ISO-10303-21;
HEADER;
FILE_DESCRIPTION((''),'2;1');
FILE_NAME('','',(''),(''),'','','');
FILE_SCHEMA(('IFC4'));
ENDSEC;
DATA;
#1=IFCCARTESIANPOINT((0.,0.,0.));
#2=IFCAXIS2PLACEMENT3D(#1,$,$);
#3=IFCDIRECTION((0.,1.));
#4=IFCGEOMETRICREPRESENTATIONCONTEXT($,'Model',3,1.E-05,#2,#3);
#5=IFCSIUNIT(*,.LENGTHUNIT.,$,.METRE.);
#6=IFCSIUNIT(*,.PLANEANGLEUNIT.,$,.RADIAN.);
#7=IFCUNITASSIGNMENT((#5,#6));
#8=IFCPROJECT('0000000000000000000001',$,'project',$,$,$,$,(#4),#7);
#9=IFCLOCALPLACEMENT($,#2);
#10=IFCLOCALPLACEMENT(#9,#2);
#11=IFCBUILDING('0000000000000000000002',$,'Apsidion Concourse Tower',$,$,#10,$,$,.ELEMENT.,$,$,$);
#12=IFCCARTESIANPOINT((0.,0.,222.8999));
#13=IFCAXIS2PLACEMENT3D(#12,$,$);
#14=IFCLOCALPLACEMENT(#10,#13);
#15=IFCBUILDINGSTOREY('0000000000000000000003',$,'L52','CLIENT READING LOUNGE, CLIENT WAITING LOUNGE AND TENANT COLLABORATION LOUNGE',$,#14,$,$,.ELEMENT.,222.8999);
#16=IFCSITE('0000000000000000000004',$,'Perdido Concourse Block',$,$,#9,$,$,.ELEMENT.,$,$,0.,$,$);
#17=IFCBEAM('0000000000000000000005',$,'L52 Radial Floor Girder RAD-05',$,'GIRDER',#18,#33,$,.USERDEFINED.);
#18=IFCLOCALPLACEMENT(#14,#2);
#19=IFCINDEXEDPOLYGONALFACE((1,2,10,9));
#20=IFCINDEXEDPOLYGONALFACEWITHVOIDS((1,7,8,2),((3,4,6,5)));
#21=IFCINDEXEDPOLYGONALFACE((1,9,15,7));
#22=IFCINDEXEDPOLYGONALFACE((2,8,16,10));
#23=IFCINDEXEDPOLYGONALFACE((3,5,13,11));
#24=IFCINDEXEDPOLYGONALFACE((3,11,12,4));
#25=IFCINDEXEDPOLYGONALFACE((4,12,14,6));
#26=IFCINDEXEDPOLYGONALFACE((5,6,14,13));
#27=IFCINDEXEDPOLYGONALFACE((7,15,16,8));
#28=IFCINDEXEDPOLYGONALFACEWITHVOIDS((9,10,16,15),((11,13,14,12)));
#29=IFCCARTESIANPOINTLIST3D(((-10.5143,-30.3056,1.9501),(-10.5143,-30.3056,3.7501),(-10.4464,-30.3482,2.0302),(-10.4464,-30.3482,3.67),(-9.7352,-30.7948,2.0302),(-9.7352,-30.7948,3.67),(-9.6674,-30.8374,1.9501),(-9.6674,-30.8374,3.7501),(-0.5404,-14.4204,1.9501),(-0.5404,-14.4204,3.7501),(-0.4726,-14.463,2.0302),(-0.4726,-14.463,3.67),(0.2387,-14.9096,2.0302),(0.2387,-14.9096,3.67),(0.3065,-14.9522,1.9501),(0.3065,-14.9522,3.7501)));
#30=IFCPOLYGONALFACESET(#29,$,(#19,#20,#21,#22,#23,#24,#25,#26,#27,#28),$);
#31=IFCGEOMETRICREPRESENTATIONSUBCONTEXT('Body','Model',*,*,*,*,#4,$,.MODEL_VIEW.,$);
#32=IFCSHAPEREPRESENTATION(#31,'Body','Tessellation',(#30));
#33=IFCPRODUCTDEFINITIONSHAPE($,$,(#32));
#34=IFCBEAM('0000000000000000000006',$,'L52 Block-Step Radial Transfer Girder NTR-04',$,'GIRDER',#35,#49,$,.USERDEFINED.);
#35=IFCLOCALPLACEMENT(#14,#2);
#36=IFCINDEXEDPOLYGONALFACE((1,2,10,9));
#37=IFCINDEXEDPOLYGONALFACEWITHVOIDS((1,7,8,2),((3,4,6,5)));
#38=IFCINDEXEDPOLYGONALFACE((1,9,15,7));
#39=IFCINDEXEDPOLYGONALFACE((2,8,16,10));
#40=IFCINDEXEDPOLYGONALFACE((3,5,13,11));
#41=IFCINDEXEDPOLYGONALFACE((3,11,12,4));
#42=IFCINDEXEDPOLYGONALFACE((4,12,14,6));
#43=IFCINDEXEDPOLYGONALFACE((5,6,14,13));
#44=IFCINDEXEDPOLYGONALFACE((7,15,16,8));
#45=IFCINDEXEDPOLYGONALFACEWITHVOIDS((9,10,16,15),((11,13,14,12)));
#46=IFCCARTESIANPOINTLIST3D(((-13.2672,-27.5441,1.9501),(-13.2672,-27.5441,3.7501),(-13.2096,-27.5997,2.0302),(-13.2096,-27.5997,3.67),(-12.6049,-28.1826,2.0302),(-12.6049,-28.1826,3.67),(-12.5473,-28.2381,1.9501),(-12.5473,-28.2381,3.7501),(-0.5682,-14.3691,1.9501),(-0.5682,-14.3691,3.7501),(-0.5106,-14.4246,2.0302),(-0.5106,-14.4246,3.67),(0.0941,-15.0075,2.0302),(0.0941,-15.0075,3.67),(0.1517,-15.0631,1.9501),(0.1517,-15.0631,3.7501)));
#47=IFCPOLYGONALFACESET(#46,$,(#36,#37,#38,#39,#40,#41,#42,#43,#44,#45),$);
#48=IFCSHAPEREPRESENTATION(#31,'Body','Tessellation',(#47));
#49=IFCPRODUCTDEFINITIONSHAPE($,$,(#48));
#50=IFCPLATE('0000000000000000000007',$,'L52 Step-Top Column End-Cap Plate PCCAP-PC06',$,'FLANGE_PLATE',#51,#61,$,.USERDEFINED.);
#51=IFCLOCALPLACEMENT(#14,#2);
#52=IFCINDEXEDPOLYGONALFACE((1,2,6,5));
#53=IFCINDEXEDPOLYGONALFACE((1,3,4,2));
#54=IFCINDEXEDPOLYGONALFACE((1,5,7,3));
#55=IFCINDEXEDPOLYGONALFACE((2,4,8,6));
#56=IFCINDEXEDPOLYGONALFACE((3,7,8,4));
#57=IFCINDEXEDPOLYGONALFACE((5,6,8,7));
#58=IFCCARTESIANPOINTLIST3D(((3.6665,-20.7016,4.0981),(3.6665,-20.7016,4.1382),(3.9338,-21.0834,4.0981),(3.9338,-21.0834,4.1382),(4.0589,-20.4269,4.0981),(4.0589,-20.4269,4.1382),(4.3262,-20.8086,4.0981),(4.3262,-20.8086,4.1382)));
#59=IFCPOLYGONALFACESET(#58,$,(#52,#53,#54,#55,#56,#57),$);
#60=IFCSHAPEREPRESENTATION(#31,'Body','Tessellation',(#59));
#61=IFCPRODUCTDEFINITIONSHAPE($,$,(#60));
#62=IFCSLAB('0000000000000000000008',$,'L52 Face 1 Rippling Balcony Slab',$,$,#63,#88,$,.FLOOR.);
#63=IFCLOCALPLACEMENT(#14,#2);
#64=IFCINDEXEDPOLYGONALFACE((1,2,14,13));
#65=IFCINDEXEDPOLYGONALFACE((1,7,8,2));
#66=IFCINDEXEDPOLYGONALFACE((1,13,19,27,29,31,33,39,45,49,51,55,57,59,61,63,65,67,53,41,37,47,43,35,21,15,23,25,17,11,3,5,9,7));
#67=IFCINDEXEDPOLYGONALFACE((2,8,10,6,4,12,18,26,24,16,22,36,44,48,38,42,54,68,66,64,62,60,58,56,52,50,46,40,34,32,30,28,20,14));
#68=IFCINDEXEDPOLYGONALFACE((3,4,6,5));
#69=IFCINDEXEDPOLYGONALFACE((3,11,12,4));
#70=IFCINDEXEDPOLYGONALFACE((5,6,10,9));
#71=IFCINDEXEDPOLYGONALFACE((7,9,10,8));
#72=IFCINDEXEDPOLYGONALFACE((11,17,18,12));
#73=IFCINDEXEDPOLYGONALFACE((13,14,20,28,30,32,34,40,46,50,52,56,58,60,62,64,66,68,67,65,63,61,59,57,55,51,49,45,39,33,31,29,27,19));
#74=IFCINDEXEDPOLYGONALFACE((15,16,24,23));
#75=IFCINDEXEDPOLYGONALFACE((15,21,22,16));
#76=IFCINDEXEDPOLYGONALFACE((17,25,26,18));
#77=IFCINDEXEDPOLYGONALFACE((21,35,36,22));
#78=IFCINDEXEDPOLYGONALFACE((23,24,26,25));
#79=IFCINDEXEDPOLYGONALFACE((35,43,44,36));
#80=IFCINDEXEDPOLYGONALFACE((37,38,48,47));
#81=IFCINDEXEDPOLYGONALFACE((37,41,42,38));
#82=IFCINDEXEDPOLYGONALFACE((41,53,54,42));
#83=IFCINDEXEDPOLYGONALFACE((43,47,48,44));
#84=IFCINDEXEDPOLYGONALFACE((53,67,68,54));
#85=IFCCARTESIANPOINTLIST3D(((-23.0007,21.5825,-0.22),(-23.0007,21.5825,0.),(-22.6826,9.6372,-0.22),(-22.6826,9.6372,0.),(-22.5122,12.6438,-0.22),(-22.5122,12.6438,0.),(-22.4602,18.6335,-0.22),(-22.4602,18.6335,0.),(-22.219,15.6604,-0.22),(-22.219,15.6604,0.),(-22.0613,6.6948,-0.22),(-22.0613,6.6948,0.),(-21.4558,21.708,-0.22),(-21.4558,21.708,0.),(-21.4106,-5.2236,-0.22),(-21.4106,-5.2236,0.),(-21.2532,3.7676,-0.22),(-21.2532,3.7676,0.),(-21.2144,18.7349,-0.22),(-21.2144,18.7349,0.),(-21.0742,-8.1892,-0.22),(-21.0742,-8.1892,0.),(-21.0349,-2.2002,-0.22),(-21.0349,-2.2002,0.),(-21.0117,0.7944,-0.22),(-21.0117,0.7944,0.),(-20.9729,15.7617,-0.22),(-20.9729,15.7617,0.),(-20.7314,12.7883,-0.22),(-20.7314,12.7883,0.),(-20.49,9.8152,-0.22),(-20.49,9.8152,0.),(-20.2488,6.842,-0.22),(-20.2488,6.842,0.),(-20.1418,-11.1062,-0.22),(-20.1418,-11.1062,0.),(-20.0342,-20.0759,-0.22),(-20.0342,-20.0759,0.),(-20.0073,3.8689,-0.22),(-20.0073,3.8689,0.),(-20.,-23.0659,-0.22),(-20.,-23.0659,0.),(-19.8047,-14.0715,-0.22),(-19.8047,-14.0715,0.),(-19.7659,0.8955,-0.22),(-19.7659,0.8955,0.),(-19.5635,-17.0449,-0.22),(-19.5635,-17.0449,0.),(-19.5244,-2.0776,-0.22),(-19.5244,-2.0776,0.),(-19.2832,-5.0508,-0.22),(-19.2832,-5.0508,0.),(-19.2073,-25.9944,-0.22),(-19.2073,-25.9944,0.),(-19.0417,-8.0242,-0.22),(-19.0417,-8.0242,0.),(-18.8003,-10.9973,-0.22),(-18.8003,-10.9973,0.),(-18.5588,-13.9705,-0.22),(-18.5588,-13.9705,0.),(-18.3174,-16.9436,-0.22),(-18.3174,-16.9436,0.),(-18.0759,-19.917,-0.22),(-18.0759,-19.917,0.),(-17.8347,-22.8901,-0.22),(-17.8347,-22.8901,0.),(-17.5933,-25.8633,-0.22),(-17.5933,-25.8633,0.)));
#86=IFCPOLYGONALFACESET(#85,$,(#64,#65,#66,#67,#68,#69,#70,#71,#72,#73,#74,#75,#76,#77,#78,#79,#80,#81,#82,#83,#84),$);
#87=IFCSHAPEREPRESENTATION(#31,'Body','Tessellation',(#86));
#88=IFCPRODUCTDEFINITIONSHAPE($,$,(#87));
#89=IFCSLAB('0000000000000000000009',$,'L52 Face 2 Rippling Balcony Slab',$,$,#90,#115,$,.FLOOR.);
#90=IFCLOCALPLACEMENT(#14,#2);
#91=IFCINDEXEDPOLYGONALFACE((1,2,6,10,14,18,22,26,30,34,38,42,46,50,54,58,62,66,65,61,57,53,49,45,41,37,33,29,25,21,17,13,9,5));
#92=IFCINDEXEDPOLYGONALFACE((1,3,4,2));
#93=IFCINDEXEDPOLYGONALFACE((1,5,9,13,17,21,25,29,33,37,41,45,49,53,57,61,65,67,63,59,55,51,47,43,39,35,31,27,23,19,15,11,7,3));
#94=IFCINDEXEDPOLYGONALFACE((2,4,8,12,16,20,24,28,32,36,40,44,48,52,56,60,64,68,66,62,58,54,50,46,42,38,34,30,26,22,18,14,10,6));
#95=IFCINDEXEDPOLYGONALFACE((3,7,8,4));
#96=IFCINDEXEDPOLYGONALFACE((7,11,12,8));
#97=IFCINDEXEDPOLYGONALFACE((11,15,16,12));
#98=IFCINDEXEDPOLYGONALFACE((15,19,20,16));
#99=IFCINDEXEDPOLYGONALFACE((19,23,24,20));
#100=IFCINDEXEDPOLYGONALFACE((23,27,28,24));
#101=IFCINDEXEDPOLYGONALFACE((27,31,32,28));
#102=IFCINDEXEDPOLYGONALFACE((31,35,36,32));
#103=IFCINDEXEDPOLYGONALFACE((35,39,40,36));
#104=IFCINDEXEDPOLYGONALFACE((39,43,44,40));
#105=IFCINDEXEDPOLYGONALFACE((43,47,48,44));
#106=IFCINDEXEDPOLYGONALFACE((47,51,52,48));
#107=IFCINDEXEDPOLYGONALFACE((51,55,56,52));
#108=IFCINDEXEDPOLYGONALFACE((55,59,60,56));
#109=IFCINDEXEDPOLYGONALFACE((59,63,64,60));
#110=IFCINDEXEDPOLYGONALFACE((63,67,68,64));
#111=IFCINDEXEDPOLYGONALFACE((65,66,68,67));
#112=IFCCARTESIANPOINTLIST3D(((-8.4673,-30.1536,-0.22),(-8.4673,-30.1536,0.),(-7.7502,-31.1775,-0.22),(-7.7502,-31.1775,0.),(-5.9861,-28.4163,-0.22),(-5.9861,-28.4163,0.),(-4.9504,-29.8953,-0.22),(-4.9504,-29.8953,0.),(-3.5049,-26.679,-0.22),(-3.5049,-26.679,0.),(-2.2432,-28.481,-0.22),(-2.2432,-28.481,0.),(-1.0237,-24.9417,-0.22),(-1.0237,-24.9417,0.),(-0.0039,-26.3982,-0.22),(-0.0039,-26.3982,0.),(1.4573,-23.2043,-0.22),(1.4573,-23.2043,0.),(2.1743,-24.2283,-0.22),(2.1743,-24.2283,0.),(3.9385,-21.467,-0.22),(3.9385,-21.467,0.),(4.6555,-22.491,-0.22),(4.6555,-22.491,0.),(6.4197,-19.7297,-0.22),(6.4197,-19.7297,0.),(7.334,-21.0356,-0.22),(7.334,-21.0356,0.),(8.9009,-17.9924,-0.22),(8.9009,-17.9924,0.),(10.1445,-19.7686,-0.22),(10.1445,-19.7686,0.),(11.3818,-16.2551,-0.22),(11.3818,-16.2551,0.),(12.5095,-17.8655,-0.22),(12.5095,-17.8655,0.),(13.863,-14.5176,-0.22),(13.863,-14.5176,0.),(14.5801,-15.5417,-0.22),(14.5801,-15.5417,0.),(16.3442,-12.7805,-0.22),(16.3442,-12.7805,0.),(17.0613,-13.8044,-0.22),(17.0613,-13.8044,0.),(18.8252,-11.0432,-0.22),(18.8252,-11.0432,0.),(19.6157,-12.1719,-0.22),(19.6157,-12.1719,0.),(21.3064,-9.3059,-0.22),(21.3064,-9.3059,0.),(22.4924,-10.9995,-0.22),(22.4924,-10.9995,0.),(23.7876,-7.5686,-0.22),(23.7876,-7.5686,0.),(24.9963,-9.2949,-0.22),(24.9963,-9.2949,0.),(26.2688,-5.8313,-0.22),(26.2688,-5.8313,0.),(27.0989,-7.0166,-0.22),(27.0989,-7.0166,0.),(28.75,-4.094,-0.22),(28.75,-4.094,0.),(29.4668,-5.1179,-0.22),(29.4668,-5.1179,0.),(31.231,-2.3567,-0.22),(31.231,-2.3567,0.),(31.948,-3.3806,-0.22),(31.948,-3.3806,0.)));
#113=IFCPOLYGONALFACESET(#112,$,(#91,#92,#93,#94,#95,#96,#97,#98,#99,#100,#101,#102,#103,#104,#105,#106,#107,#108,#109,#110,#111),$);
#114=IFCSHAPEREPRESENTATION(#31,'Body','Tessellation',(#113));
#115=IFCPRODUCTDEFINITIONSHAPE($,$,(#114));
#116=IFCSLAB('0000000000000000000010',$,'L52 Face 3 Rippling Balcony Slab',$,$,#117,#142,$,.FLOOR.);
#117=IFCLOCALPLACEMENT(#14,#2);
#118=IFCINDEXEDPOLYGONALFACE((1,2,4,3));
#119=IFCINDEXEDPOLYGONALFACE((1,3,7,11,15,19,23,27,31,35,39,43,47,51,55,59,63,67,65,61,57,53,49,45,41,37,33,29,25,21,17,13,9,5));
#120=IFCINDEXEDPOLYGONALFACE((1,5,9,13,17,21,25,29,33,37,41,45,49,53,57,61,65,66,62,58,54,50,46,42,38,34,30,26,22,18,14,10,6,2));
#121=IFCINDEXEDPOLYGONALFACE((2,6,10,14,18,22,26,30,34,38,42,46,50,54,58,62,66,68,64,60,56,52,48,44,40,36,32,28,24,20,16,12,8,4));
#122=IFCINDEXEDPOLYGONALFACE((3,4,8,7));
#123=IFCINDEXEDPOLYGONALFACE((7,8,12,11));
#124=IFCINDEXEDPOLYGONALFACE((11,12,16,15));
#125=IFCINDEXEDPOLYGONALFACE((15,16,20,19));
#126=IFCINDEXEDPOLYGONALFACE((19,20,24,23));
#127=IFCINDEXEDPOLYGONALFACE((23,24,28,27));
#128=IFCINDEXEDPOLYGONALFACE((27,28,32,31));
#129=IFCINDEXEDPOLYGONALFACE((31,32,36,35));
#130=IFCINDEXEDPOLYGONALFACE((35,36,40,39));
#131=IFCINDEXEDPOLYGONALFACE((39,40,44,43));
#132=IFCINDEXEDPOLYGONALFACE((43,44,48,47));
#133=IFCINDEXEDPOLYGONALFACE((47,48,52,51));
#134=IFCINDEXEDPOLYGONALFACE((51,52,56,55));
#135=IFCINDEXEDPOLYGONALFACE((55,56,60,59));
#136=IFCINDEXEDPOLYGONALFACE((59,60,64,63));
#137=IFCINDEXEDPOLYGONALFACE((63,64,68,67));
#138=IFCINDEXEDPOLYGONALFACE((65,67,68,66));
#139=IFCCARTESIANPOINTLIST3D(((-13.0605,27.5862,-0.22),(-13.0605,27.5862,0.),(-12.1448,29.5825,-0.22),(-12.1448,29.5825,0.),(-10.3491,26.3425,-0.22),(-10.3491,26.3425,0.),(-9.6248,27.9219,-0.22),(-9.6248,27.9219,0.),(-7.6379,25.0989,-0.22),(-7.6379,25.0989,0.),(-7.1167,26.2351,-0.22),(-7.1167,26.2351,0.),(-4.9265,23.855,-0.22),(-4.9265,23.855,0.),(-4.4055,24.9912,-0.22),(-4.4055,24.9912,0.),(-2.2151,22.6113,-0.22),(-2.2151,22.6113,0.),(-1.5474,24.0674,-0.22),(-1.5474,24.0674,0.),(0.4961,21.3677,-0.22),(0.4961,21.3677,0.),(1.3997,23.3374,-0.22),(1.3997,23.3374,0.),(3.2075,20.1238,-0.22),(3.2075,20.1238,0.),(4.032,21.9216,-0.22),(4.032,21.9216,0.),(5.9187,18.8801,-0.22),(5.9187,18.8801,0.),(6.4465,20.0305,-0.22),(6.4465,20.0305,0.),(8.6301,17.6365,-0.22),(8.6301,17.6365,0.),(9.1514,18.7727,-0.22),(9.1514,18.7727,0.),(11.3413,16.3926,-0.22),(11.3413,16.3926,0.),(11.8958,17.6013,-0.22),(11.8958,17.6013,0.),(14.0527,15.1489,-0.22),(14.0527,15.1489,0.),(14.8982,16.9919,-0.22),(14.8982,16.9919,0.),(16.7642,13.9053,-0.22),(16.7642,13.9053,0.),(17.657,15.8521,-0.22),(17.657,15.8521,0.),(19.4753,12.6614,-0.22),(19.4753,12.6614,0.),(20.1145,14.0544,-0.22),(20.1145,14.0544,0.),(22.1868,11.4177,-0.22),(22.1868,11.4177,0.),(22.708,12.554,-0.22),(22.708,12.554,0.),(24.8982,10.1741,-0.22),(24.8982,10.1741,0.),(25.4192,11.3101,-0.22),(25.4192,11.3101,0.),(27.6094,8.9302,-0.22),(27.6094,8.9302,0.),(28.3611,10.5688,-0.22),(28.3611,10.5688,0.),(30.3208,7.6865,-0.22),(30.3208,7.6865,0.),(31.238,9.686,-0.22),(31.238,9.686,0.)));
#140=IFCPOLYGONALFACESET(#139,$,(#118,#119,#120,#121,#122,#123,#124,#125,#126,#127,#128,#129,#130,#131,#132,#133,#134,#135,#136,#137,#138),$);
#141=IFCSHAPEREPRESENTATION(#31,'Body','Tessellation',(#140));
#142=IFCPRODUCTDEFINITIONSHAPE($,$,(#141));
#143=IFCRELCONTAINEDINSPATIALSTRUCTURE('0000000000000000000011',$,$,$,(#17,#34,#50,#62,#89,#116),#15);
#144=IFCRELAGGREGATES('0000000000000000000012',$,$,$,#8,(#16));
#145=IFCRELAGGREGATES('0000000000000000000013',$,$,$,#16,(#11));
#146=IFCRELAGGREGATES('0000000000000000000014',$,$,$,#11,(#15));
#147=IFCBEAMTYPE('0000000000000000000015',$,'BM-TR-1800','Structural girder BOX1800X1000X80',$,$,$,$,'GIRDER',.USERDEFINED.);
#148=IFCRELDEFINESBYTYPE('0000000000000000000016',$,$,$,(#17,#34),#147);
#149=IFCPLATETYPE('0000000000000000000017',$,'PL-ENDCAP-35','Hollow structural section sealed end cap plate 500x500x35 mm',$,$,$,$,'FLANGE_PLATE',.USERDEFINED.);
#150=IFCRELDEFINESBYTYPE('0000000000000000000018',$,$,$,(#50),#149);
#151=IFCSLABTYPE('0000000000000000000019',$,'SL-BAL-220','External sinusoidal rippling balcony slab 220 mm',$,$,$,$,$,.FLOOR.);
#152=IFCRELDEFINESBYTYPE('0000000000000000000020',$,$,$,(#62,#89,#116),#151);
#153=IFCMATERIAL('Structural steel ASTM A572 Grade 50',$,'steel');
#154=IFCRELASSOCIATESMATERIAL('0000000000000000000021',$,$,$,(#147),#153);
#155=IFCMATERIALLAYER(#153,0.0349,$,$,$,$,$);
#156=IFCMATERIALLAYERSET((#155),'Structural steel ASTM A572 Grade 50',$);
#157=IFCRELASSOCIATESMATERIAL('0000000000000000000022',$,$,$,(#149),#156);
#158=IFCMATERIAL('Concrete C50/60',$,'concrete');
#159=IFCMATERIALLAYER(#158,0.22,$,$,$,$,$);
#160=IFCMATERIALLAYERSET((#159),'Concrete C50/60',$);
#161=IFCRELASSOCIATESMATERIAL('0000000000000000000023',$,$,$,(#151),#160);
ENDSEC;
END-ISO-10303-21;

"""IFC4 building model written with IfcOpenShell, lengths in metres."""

from ifc_helpers import new_model, si_unit, direction, frame, origin, origin_2d, place, context, subcontext, project, spatial, polyline, rectangle, hollow_rectangle, outline, extrude, material, layer, layer_set, material_profile, profile_set, type_object, element, save


model = new_model("IFC4")

# Units and contexts
model_context = context("Model", 3, precision=1e-05, world=origin(), true_north=direction((0.0, 1.0)))
body_context = subcontext(model_context, "Body", "Model", "MODEL_VIEW")
ifc_project = project(units=[si_unit("LENGTHUNIT", "METRE"), si_unit("PLANEANGLEUNIT", "RADIAN")], contexts=[model_context])

# Site, building, storey
site_placement = place(None, origin())
site = spatial("IfcSite", under=ifc_project, at=site_placement, Name="Perdido Concourse Block", CompositionType="ELEMENT", RefElevation=0.0)
building_placement = place(site_placement, origin())
building = spatial("IfcBuilding", under=site, at=building_placement, Name="Apsidion Concourse Tower", CompositionType="ELEMENT")
storey_placement = place(building_placement, frame((0.0, 0.0, 222.8999)))
storey = spatial("IfcBuildingStorey", under=building, at=storey_placement, Name="L52", Description="CLIENT READING LOUNGE, CLIENT WAITING LOUNGE AND TENANT COLLABORATION LOUNGE", CompositionType="ELEMENT", Elevation=222.8999)

# Shared definitions
ifc_material_1 = material(Name="Concrete C50/60", Category="concrete")

# Beams
ifc_material_2 = material(Name="Structural steel ASTM A572 Grade 50", Category="steel")
ifc_material_profile_1 = material_profile(ifc_material_2, hollow_rectangle(XDim=1.0, YDim=1.8, WallThickness=0.0801, at=origin_2d()), Name="BOX1800X1000X80")
ifc_profile_set_1 = profile_set([ifc_material_profile_1], Name="Structural steel ASTM A572 Grade 50")
beam_type_1 = type_object("IfcBeamType", Name="BM-TR-1800", Description="Structural girder BOX1800X1000X80", ElementType="GIRDER", PredefinedType="USERDEFINED", material=ifc_profile_set_1)
beam_1_placement = place(storey_placement, frame((-0.1169, -14.6863, 2.8501), z_axis=(-0.531746, -0.846904, 0.0), x_axis=(0.846904, -0.531746, 0.0)))
element("IfcBeam", 1, at=beam_1_placement, inside=storey, type_object=beam_type_1, Name="L52 Radial Floor Girder RAD-05", ObjectType="GIRDER", PredefinedType="USERDEFINED", context=body_context, shape_type="SweptSolid", body=[
    extrude(hollow_rectangle(XDim=1.0, YDim=1.8, WallThickness=0.0801, at=origin_2d()), origin(), (0.0, 0.0, 1.0), 18.7568),
])
beam_2_placement = place(storey_placement, frame((-0.2083, -14.7161, 2.8501), z_axis=(-0.693979, -0.719995, 0.0), x_axis=(0.719995, -0.693979, 0.0)))
element("IfcBeam", 2, at=beam_2_placement, inside=storey, type_object=beam_type_1, Name="L52 Block-Step Radial Transfer Girder NTR-04", ObjectType="GIRDER", PredefinedType="USERDEFINED", context=body_context, shape_type="SweptSolid", body=[
    extrude(hollow_rectangle(XDim=1.0, YDim=1.8, WallThickness=0.0801, at=origin_2d()), origin(), (0.0, 0.0, 1.0), 18.2988),
])

# Plate
ifc_layer_1 = layer(ifc_material_2, 0.0349)
ifc_layer_set_1 = layer_set([ifc_layer_1], Name="Structural steel ASTM A572 Grade 50")
plate_type = type_object("IfcPlateType", Name="PL-ENDCAP-35", Description="Hollow structural section sealed end cap plate 500x500x35 mm", ElementType="FLANGE_PLATE", PredefinedType="USERDEFINED", material=ifc_layer_set_1)
plate_placement = place(storey_placement, frame((3.9963, -20.7551, 4.0981), z_axis=(0.0, 0.0, 1.0), x_axis=(0.819152, 0.573576, 0.0)))
element("IfcPlate", 3, at=plate_placement, inside=storey, type_object=plate_type, Name="L52 Step-Top Column End-Cap Plate PCCAP-PC06", ObjectType="FLANGE_PLATE", PredefinedType="USERDEFINED", context=body_context, shape_type="SweptSolid", body=[
    extrude(rectangle(XDim=0.479, YDim=0.4661, at=origin_2d()), origin(), (0.0, 0.0, 1.0), 0.04),
])

# Slabs
ifc_layer_2 = layer(ifc_material_1, 0.22)
ifc_layer_set_2 = layer_set([ifc_layer_2], Name="Concrete C50/60")
slab_type_1 = type_object("IfcSlabType", Name="SL-BAL-220", Description="External sinusoidal rippling balcony slab 220 mm", PredefinedType="FLOOR", material=ifc_layer_set_2)
slab_1_placement = place(storey_placement, frame((0.0, 0.0, -0.22)))
element("IfcSlab", 4, at=slab_1_placement, inside=storey, type_object=slab_type_1, Name="L52 Face 1 Rippling Balcony Slab", PredefinedType="FLOOR", context=body_context, shape_type="SweptSolid", body=[
    extrude(outline(polyline([(-21.4558, 21.708), (-21.2144, 18.7349), (-20.9729, 15.7617), (-20.7314, 12.7883), (-20.49, 9.8152), (-20.2488, 6.842), (-20.0073, 3.8689), (-19.7659, 0.8955), (-19.5244, -2.0776), (-19.2832, -5.0508), (-19.0417, -8.0242), (-18.8003, -10.9973), (-18.5588, -13.9705), (-18.3174, -16.9436), (-18.0759, -19.917), (-17.8347, -22.8901), (-17.5933, -25.8633), (-19.2073, -25.9944), (-20.0, -23.0659), (-20.0342, -20.0759), (-19.5635, -17.0449), (-19.8047, -14.0715), (-20.1418, -11.1062), (-21.0742, -8.1892), (-21.4106, -5.2236), (-21.0349, -2.2002), (-21.0117, 0.7944), (-21.2532, 3.7676), (-22.0613, 6.6948), (-22.6826, 9.6372), (-22.5122, 12.6438), (-22.219, 15.6604), (-22.4602, 18.6335), (-23.0007, 21.5825), (-21.4558, 21.708)])), origin(), (0.0, 0.0, 1.0), 0.22),
])
slab_2_placement = place(storey_placement, frame((0.0, 0.0, -0.22)))
element("IfcSlab", 5, at=slab_2_placement, inside=storey, type_object=slab_type_1, Name="L52 Face 2 Rippling Balcony Slab", PredefinedType="FLOOR", context=body_context, shape_type="SweptSolid", body=[
    extrude(outline(polyline([(-8.4673, -30.1536), (-5.9861, -28.4163), (-3.5049, -26.679), (-1.0237, -24.9417), (1.4573, -23.2043), (3.9385, -21.467), (6.4197, -19.7297), (8.9009, -17.9924), (11.3818, -16.2551), (13.863, -14.5176), (16.3442, -12.7805), (18.8252, -11.0432), (21.3064, -9.3059), (23.7876, -7.5686), (26.2688, -5.8313), (28.75, -4.094), (31.231, -2.3567), (31.948, -3.3806), (29.4668, -5.1179), (27.0989, -7.0166), (24.9963, -9.2949), (22.4924, -10.9995), (19.6157, -12.1719), (17.0613, -13.8044), (14.5801, -15.5417), (12.5095, -17.8655), (10.1445, -19.7686), (7.334, -21.0356), (4.6555, -22.491), (2.1743, -24.2283), (-0.0039, -26.3982), (-2.2432, -28.481), (-4.9504, -29.8953), (-7.7502, -31.1775), (-8.4673, -30.1536)])), origin(), (0.0, 0.0, 1.0), 0.22),
])
slab_3_placement = place(storey_placement, frame((0.0, 0.0, -0.22)))
element("IfcSlab", 6, at=slab_3_placement, inside=storey, type_object=slab_type_1, Name="L52 Face 3 Rippling Balcony Slab", PredefinedType="FLOOR", context=body_context, shape_type="SweptSolid", body=[
    extrude(outline(polyline([(30.3208, 7.6865), (27.6094, 8.9302), (24.8982, 10.1741), (22.1868, 11.4177), (19.4753, 12.6614), (16.7642, 13.9053), (14.0527, 15.1489), (11.3413, 16.3926), (8.6301, 17.6365), (5.9187, 18.8801), (3.2075, 20.1238), (0.4961, 21.3677), (-2.2151, 22.6113), (-4.9265, 23.855), (-7.6379, 25.0989), (-10.3491, 26.3425), (-13.0605, 27.5862), (-12.1448, 29.5825), (-9.6248, 27.9219), (-7.1167, 26.2351), (-4.4055, 24.9912), (-1.5474, 24.0674), (1.3997, 23.3374), (4.032, 21.9216), (6.4465, 20.0305), (9.1514, 18.7727), (11.8958, 17.6013), (14.8982, 16.9919), (17.657, 15.8521), (20.1145, 14.0544), (22.708, 12.554), (25.4192, 11.3101), (28.3611, 10.5688), (31.238, 9.686), (30.3208, 7.6865)])), origin(), (0.0, 0.0, 1.0), 0.22),
])

save(model, "model.ifc")
